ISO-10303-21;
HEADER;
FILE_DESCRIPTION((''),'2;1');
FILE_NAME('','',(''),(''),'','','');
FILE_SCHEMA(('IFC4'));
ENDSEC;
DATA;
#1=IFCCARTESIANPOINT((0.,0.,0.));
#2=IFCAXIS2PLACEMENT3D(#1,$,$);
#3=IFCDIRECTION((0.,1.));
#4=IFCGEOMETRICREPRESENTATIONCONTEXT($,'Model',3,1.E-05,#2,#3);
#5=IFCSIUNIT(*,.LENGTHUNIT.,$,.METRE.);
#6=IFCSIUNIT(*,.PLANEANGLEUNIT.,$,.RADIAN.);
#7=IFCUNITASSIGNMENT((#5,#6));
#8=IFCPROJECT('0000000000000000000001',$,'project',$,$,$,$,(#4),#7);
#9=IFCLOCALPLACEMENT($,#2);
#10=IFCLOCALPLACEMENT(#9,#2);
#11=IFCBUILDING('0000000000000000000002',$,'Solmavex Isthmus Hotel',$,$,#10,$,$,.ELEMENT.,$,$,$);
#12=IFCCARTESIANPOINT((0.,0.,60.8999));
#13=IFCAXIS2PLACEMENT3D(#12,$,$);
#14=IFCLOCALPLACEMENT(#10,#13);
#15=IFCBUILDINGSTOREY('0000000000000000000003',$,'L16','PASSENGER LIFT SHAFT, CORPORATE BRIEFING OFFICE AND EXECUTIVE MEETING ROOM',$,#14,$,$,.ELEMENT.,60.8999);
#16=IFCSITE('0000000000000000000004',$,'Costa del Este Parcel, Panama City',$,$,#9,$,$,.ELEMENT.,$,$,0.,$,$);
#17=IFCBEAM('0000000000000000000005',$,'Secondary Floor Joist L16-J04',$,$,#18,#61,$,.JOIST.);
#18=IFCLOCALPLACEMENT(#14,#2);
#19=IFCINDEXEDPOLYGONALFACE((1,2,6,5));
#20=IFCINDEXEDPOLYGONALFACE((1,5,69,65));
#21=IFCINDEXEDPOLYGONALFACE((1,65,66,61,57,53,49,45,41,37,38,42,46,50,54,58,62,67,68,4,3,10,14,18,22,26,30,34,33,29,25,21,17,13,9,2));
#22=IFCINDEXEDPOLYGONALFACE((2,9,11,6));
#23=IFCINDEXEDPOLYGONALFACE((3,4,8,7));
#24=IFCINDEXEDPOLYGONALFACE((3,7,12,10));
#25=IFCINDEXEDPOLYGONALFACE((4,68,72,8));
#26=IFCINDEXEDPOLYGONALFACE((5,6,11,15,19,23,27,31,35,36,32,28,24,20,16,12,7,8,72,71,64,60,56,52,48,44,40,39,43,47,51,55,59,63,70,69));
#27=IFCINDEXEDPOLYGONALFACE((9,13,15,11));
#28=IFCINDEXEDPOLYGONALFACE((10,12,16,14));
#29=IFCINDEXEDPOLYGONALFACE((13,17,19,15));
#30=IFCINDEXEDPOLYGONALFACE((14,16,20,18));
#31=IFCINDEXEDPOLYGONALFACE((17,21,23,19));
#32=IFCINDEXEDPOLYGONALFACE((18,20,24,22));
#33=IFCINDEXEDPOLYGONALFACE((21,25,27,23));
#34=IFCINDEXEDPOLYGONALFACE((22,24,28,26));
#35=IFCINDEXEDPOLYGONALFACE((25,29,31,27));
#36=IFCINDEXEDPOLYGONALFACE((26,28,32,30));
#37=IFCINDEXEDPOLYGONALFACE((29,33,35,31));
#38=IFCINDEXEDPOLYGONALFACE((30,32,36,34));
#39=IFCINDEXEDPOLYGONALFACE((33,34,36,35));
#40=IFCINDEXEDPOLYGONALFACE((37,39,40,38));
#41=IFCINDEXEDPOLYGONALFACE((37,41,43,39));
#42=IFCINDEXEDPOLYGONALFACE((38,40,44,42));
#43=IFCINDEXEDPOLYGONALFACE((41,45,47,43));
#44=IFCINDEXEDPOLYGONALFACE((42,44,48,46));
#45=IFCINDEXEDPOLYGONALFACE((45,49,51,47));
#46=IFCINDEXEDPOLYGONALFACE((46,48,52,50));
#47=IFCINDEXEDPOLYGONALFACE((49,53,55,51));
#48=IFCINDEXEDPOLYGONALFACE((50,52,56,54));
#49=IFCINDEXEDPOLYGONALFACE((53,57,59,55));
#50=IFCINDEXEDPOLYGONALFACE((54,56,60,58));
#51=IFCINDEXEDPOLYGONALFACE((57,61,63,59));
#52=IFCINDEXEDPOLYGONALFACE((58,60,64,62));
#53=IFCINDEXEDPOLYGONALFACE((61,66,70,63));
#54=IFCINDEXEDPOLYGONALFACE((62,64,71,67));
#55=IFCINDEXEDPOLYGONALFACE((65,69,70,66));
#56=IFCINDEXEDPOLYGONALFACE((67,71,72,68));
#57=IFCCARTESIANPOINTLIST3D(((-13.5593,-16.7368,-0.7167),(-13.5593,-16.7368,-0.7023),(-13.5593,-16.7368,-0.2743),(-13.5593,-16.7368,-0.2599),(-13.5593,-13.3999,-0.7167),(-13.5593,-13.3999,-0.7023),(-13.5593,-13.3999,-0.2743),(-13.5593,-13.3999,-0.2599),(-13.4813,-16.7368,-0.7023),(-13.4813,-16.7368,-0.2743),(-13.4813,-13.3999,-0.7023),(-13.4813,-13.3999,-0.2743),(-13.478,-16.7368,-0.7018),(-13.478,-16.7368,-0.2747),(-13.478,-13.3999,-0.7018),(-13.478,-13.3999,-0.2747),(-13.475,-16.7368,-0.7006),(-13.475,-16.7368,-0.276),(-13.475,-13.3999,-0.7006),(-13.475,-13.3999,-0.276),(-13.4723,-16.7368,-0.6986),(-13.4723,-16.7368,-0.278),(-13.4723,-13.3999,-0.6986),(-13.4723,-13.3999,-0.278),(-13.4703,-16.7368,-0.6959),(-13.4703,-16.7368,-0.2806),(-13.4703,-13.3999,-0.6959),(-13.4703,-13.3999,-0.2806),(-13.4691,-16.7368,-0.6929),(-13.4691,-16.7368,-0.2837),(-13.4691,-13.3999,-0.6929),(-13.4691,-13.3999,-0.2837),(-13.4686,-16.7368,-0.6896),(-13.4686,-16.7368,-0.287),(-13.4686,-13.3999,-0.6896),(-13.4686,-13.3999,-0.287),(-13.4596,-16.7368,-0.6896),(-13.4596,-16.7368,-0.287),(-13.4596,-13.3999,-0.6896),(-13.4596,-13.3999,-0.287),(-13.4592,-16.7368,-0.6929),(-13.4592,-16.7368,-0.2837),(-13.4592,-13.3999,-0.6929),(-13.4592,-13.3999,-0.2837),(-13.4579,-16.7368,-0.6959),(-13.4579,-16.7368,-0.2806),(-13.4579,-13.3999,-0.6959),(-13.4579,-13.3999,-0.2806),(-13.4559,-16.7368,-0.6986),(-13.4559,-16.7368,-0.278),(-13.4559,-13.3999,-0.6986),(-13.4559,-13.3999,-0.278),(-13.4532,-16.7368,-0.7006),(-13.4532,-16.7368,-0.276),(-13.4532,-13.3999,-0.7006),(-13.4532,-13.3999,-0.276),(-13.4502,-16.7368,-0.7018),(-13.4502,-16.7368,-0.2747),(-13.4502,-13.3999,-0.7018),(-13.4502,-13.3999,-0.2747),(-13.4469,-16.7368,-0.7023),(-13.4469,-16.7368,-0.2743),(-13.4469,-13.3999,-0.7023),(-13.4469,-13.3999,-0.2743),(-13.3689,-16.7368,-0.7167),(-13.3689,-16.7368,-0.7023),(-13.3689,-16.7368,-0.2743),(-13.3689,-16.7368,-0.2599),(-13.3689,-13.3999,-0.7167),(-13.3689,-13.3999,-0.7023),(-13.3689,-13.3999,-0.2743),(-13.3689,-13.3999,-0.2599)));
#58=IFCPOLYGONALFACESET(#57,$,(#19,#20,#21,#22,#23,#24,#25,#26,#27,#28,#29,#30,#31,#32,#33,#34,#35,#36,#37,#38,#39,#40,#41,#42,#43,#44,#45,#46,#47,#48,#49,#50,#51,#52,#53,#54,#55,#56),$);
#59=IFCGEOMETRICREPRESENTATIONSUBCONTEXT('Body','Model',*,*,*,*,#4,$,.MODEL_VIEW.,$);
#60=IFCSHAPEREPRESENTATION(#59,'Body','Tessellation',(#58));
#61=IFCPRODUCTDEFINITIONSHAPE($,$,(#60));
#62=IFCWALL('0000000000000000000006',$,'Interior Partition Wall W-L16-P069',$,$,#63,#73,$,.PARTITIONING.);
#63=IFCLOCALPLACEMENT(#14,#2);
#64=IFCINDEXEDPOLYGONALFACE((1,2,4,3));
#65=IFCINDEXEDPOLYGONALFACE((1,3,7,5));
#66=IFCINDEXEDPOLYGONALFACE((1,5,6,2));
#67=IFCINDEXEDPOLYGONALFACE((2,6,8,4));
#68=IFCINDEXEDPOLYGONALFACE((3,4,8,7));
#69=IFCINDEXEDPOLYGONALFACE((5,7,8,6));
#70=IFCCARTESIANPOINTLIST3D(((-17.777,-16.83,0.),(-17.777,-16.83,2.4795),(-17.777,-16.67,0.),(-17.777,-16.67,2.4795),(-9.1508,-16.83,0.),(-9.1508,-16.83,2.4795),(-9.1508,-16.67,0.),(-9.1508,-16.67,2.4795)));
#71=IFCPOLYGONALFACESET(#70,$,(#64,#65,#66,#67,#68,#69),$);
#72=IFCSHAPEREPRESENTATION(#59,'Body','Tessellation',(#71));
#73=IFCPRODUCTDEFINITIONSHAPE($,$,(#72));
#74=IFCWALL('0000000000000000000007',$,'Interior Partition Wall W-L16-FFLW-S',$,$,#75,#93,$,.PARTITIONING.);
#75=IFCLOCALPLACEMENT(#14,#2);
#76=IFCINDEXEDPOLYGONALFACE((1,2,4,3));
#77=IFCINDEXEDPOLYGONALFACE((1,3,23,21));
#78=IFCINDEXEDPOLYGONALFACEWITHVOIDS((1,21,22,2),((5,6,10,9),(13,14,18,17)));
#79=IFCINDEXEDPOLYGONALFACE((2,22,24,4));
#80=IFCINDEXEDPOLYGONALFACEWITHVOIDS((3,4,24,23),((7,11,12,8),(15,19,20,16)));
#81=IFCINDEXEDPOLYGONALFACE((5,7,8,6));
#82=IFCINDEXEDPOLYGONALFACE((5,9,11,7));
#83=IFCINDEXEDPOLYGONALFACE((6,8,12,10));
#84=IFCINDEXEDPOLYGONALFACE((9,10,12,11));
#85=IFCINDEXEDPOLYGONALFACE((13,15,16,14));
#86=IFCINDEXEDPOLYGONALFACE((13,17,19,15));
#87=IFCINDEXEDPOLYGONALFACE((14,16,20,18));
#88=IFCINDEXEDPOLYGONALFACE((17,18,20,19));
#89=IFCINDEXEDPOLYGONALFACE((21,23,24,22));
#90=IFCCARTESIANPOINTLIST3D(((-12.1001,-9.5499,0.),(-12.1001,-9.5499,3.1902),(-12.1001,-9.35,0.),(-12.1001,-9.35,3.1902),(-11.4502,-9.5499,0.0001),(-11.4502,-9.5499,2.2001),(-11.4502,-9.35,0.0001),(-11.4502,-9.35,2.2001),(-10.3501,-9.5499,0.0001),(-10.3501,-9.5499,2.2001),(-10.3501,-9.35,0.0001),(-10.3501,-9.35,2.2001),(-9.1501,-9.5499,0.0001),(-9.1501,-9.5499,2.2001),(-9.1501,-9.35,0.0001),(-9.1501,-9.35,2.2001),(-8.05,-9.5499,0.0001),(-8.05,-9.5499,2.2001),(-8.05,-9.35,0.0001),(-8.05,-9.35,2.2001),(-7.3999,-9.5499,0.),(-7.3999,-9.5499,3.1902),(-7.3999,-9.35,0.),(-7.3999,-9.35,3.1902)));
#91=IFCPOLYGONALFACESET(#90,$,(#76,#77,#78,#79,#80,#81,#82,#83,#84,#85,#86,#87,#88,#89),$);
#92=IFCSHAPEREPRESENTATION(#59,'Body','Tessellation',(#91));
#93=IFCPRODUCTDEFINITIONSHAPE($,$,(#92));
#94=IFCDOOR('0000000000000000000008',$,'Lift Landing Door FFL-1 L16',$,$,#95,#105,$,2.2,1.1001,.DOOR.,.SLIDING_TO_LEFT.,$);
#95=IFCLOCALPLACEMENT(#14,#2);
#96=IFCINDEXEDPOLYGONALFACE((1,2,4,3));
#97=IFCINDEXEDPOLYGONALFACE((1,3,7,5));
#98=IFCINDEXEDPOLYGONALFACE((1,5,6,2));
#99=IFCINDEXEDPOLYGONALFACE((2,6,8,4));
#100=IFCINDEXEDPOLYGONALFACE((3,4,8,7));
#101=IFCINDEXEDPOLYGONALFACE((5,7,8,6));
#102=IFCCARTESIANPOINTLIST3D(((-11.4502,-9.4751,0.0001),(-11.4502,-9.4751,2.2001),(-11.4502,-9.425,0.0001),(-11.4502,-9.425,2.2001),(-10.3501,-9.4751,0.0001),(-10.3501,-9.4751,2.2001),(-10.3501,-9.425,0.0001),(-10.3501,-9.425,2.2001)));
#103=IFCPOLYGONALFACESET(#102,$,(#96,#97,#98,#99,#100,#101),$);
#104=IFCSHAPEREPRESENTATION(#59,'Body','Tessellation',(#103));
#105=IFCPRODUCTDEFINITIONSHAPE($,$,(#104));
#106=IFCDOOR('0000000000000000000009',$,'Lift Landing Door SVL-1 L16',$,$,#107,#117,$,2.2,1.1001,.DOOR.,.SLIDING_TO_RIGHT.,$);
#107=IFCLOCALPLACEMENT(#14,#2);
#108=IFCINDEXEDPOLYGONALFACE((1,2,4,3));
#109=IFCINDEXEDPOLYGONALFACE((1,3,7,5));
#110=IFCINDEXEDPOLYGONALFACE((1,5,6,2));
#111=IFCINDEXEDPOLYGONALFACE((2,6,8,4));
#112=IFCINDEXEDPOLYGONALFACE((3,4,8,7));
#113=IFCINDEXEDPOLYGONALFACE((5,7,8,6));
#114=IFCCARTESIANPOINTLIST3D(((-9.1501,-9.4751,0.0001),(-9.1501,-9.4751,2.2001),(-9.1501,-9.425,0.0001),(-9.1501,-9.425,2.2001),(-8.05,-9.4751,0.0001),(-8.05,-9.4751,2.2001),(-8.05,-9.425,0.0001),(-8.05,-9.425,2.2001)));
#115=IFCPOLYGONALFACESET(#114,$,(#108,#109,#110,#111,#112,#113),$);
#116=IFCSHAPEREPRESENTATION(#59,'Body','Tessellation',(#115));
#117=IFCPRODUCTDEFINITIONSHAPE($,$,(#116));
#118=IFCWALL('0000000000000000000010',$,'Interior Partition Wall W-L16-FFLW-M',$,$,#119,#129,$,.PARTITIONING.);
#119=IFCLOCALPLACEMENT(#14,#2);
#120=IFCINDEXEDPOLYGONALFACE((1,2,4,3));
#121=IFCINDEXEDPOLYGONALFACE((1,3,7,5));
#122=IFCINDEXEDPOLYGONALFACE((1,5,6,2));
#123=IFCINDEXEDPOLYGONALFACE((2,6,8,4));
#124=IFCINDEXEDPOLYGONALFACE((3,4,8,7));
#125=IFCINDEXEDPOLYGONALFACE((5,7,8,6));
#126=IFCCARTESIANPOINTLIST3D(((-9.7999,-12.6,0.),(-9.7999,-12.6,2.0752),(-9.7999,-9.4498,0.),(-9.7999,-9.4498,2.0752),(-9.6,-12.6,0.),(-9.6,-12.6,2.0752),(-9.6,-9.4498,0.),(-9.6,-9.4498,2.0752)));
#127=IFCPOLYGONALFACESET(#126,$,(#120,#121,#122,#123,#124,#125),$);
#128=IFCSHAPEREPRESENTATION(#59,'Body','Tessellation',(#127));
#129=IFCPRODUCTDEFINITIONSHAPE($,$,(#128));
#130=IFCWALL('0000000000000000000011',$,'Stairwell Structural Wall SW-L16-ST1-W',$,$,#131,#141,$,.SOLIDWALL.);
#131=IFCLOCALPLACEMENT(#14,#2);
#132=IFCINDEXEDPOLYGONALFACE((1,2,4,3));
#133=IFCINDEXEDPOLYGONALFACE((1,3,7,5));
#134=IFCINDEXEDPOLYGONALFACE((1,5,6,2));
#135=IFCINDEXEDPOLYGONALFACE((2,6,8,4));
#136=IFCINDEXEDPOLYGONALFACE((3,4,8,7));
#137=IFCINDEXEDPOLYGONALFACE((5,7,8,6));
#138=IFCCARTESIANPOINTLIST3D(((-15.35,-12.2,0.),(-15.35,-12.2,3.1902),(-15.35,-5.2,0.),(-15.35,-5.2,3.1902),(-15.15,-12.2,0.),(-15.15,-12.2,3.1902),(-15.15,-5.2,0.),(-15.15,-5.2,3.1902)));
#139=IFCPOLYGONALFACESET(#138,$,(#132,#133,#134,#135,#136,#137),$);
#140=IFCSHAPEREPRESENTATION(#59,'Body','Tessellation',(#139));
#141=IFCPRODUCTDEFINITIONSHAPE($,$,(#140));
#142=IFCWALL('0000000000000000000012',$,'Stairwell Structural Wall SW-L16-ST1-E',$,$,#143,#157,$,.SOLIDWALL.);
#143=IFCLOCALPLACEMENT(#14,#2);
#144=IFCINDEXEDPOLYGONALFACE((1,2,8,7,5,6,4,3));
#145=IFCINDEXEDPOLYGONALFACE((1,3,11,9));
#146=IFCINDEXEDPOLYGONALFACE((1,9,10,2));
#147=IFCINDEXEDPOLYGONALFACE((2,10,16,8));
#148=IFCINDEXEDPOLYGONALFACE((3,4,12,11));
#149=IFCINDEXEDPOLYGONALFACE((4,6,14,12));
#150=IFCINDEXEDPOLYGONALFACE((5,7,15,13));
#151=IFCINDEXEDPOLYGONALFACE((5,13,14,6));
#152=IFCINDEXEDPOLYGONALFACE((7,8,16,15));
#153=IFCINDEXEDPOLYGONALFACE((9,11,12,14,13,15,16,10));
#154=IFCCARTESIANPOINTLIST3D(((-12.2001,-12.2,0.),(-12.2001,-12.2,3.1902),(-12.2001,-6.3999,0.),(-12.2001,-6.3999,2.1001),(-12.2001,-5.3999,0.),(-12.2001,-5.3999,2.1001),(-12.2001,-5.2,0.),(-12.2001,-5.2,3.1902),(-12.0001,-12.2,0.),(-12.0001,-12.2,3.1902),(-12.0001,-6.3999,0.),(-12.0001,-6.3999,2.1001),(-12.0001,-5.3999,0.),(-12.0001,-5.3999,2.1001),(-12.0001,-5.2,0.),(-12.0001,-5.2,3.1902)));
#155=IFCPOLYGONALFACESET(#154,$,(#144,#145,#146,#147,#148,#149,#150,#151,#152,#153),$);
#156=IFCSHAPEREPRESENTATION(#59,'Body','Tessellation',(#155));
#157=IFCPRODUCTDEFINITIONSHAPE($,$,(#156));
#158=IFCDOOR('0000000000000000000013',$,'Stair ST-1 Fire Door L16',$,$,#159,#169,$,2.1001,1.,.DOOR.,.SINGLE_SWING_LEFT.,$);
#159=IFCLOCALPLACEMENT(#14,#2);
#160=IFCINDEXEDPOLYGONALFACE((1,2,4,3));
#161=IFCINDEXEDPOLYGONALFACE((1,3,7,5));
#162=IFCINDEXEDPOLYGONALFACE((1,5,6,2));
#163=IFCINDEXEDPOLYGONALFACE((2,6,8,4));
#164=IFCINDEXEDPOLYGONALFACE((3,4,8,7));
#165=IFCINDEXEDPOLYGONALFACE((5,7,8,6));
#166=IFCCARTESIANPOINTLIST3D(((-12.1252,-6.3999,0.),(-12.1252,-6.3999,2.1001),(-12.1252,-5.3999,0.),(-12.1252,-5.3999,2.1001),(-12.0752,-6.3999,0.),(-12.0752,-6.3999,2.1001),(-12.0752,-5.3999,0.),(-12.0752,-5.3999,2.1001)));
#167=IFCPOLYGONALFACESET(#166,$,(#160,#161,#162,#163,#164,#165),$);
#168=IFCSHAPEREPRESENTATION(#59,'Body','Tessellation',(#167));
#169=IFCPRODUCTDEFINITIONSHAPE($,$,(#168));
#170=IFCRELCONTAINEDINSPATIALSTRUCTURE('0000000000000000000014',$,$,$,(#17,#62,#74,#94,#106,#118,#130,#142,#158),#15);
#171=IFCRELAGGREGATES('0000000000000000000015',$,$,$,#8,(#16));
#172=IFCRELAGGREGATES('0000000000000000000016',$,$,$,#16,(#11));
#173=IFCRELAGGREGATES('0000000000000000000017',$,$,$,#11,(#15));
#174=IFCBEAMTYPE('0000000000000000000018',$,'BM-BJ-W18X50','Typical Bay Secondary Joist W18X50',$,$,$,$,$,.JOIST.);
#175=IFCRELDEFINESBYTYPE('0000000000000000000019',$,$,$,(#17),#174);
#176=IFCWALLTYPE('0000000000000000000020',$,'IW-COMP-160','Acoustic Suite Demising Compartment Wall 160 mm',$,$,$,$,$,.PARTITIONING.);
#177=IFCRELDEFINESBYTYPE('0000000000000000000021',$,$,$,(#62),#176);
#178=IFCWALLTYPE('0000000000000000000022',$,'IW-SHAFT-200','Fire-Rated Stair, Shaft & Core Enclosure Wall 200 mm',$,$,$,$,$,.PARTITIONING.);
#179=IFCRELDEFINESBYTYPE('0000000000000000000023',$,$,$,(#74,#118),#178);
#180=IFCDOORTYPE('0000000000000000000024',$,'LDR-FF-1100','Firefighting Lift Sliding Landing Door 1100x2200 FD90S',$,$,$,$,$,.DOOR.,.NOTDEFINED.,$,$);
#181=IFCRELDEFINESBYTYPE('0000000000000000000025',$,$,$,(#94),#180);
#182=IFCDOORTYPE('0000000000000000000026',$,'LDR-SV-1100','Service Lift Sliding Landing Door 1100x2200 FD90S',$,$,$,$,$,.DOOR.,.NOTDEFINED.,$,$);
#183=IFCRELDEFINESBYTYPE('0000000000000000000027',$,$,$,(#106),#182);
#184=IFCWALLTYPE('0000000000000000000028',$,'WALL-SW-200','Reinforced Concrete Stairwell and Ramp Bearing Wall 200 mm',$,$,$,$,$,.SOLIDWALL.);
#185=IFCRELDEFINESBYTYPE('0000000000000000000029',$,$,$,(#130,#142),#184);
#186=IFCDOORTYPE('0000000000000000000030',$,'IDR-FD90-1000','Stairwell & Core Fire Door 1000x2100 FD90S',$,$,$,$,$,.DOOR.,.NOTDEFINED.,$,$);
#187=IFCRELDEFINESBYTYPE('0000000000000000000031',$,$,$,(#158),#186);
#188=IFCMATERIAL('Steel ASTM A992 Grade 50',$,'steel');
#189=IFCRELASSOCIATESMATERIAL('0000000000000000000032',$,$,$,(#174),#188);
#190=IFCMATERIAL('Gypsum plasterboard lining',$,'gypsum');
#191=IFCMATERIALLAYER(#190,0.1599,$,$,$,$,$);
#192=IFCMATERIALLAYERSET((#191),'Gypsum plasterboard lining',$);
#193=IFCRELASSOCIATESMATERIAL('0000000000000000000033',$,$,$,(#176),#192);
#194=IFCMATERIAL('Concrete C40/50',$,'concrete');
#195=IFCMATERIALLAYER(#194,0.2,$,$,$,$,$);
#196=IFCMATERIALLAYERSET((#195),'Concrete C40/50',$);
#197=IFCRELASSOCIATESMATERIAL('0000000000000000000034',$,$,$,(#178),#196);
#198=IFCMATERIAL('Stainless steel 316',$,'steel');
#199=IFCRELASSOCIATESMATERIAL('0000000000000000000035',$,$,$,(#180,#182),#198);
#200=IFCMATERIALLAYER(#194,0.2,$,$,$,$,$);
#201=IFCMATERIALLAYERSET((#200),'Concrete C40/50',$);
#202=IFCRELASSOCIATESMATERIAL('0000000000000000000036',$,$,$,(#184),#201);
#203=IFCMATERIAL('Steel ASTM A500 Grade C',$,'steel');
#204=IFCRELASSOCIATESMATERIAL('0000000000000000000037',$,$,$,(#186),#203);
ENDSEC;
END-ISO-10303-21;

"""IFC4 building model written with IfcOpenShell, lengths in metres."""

from ifc_helpers import new_model, si_unit, direction, frame, frame_2d, origin, origin_2d, place, context, subcontext, project, spatial, rectangle, i_section, extrude, material, layer, layer_set, material_profile, profile_set, type_object, element, fill, save


model = new_model("IFC4")

# Units and contexts
model_context = context("Model", 3, precision=1e-05, world=origin(), true_north=direction((0.0, 1.0)))
body_context = subcontext(model_context, "Body", "Model", "MODEL_VIEW")
ifc_project = project(units=[si_unit("LENGTHUNIT", "METRE"), si_unit("PLANEANGLEUNIT", "RADIAN")], contexts=[model_context])

# Site, building, storey
site_placement = place(None, origin())
site = spatial("IfcSite", under=ifc_project, at=site_placement, Name="Costa del Este Parcel, Panama City", CompositionType="ELEMENT", RefElevation=0.0)
building_placement = place(site_placement, origin())
building = spatial("IfcBuilding", under=site, at=building_placement, Name="Solmavex Isthmus Hotel", CompositionType="ELEMENT")
storey_placement = place(building_placement, frame((0.0, 0.0, 60.8999)))
storey = spatial("IfcBuildingStorey", under=building, at=storey_placement, Name="L16", Description="PASSENGER LIFT SHAFT, CORPORATE BRIEFING OFFICE AND EXECUTIVE MEETING ROOM", CompositionType="ELEMENT", Elevation=60.8999)

# Beam
ifc_material_1 = material(Name="Steel ASTM A992 Grade 50", Category="steel")
ifc_material_profile = material_profile(ifc_material_1, i_section(OverallWidth=0.1904, OverallDepth=0.4568, WebThickness=0.009, FlangeThickness=0.0144, FilletRadius=0.0127, at=origin_2d()), Name="W18X50")
ifc_profile_set = profile_set([ifc_material_profile], Name="Steel ASTM A992 Grade 50")
beam_type = type_object("IfcBeamType", Name="BM-BJ-W18X50", Description="Typical Bay Secondary Joist W18X50", PredefinedType="JOIST", material=ifc_profile_set)
beam_placement = place(storey_placement, frame((-13.4641, -16.7368, -0.4883), z_axis=(0.0, 1.0, 0.0), x_axis=(-1.0, 0.0, 0.0)))
element("IfcBeam", 1, at=beam_placement, inside=storey, type_object=beam_type, Name="Secondary Floor Joist L16-J04", PredefinedType="JOIST", context=body_context, shape_type="SweptSolid", body=[
    extrude(i_section(OverallWidth=0.1904, OverallDepth=0.4568, WebThickness=0.009, FlangeThickness=0.0144, FilletRadius=0.0127, at=origin_2d()), origin(), (0.0, 0.0, 1.0), 3.3369),
])

# Wall
ifc_material_2 = material(Name="Gypsum plasterboard lining", Category="gypsum")
ifc_layer_1 = layer(ifc_material_2, 0.1599)
ifc_layer_set_1 = layer_set([ifc_layer_1], Name="Gypsum plasterboard lining")
wall_type_1 = type_object("IfcWallType", Name="IW-COMP-160", Description="Acoustic Suite Demising Compartment Wall 160 mm", PredefinedType="PARTITIONING", material=ifc_layer_set_1)
wall_1_placement = place(storey_placement, frame((-9.1509, -16.75, 0.0), z_axis=(0.0, 0.0, 1.0), x_axis=(-1.0, 0.0, 0.0)))
element("IfcWall", 2, at=wall_1_placement, inside=storey, type_object=wall_type_1, Name="Interior Partition Wall W-L16-P069", PredefinedType="PARTITIONING", context=body_context, shape_type="SweptSolid", body=[
    extrude(rectangle(XDim=8.6262, YDim=0.1599, at=frame_2d((4.313, 0.0))), origin(), (0.0, 0.0, 1.0), 2.4795),
])

# Wall, openings, doors
ifc_material_3 = material(Name="Concrete C40/50", Category="concrete")
ifc_layer_2 = layer(ifc_material_3, 0.2)
ifc_layer_set_2 = layer_set([ifc_layer_2], Name="Concrete C40/50")
wall_type_2 = type_object("IfcWallType", Name="IW-SHAFT-200", Description="Fire-Rated Stair, Shaft & Core Enclosure Wall 200 mm", PredefinedType="PARTITIONING", material=ifc_layer_set_2)
wall_2_placement = place(storey_placement, frame((-12.1001, -9.45, 0.0), z_axis=(0.0, 0.0, 1.0), x_axis=(1.0, 0.0, 0.0)))
wall_2 = element("IfcWall", 3, at=wall_2_placement, inside=storey, type_object=wall_type_2, Name="Interior Partition Wall W-L16-FFLW-S", PredefinedType="PARTITIONING", context=body_context, shape_type="SweptSolid", body=[
    extrude(rectangle(XDim=4.7002, YDim=0.2, at=frame_2d((2.3501, 0.0))), origin(), (0.0, 0.0, 1.0), 3.1902),
])
opening_1_placement = place(wall_2_placement, frame((0.6499, 0.0, 0.0)))
opening_1 = element("IfcOpeningElement", 4, at=opening_1_placement, cuts=wall_2, PredefinedType="OPENING", context=body_context, shape_type="SweptSolid", body=[
    extrude(rectangle(XDim=1.1001, YDim=2.2, at=frame_2d((0.55, 1.1001))), frame((0.0, 0.1099, 0.0), z_axis=(0.0, -1.0, 0.0), x_axis=(1.0, 0.0, 0.0)), (0.0, 0.0, 1.0), 0.22),
])
opening_2_placement = place(wall_2_placement, frame((2.95, 0.0, 0.0)))
opening_2 = element("IfcOpeningElement", 5, at=opening_2_placement, cuts=wall_2, PredefinedType="OPENING", context=body_context, shape_type="SweptSolid", body=[
    extrude(rectangle(XDim=1.1001, YDim=2.2, at=frame_2d((0.55, 1.1001))), frame((0.0, 0.1099, 0.0), z_axis=(0.0, -1.0, 0.0), x_axis=(1.0, 0.0, 0.0)), (0.0, 0.0, 1.0), 0.22),
])
ifc_material_4 = material(Name="Stainless steel 316", Category="steel")
door_type_1 = type_object("IfcDoorType", Name="LDR-FF-1100", Description="Firefighting Lift Sliding Landing Door 1100x2200 FD90S", OperationType="NOTDEFINED", PredefinedType="DOOR", material=ifc_material_4)
door_1_placement = place(opening_1_placement, origin())
door_1 = element("IfcDoor", 6, at=door_1_placement, inside=storey, type_object=door_type_1, Name="Lift Landing Door FFL-1 L16", OperationType="SLIDING_TO_LEFT", OverallHeight=2.2, OverallWidth=1.1001, PredefinedType="DOOR", context=body_context, shape_type="SweptSolid", body=[
    extrude(rectangle(XDim=1.1001, YDim=2.2, at=frame_2d((0.55, 1.1001))), frame((0.0, 0.0249, 0.0), z_axis=(0.0, -1.0, 0.0), x_axis=(1.0, 0.0, 0.0)), (0.0, 0.0, 1.0), 0.05),
])
fill(opening_1, door_1)
door_type_2 = type_object("IfcDoorType", Name="LDR-SV-1100", Description="Service Lift Sliding Landing Door 1100x2200 FD90S", OperationType="NOTDEFINED", PredefinedType="DOOR", material=ifc_material_4)
door_2_placement = place(opening_2_placement, origin())
door_2 = element("IfcDoor", 7, at=door_2_placement, inside=storey, type_object=door_type_2, Name="Lift Landing Door SVL-1 L16", OperationType="SLIDING_TO_RIGHT", OverallHeight=2.2, OverallWidth=1.1001, PredefinedType="DOOR", context=body_context, shape_type="SweptSolid", body=[
    extrude(rectangle(XDim=1.1001, YDim=2.2, at=frame_2d((0.55, 1.1001))), frame((0.0, 0.0249, 0.0), z_axis=(0.0, -1.0, 0.0), x_axis=(1.0, 0.0, 0.0)), (0.0, 0.0, 1.0), 0.05),
])
fill(opening_2, door_2)

# Walls
wall_3_placement = place(storey_placement, frame((-9.7, -12.6001, 0.0), z_axis=(0.0, 0.0, 1.0), x_axis=(0.0, 1.0, 0.0)))
element("IfcWall", 8, at=wall_3_placement, inside=storey, type_object=wall_type_2, Name="Interior Partition Wall W-L16-FFLW-M", PredefinedType="PARTITIONING", context=body_context, shape_type="SweptSolid", body=[
    extrude(rectangle(XDim=3.1501, YDim=0.2, at=frame_2d((1.5752, 0.0))), origin(), (0.0, 0.0, 1.0), 2.0752),
])
ifc_layer_3 = layer(ifc_material_3, 0.2)
ifc_layer_set_3 = layer_set([ifc_layer_3], Name="Concrete C40/50")
wall_type_3 = type_object("IfcWallType", Name="WALL-SW-200", Description="Reinforced Concrete Stairwell and Ramp Bearing Wall 200 mm", PredefinedType="SOLIDWALL", material=ifc_layer_set_3)
wall_4_placement = place(storey_placement, frame((-15.25, -12.2, 0.0), z_axis=(0.0, 0.0, 1.0), x_axis=(0.0, 1.0, 0.0)))
element("IfcWall", 9, at=wall_4_placement, inside=storey, type_object=wall_type_3, Name="Stairwell Structural Wall SW-L16-ST1-W", PredefinedType="SOLIDWALL", context=body_context, shape_type="SweptSolid", body=[
    extrude(rectangle(XDim=7.0, YDim=0.2, at=frame_2d((3.5, 0.0))), origin(), (0.0, 0.0, 1.0), 3.1902),
])

# Wall, opening, door
wall_5_placement = place(storey_placement, frame((-12.1001, -12.2, 0.0), z_axis=(0.0, 0.0, 1.0), x_axis=(0.0, 1.0, 0.0)))
wall_5 = element("IfcWall", 10, at=wall_5_placement, inside=storey, type_object=wall_type_3, Name="Stairwell Structural Wall SW-L16-ST1-E", PredefinedType="SOLIDWALL", context=body_context, shape_type="SweptSolid", body=[
    extrude(rectangle(XDim=7.0, YDim=0.2, at=frame_2d((3.5, 0.0))), origin(), (0.0, 0.0, 1.0), 3.1902),
])
opening_3_placement = place(wall_5_placement, frame((5.8, 0.0, 0.0)))
opening_3 = element("IfcOpeningElement", 11, at=opening_3_placement, cuts=wall_5, PredefinedType="OPENING", context=body_context, shape_type="SweptSolid", body=[
    extrude(rectangle(XDim=1.0, YDim=2.1001, at=frame_2d((0.5, 1.05))), frame((0.0, 0.1099, 0.0), z_axis=(0.0, -1.0, 0.0), x_axis=(1.0, 0.0, 0.0)), (0.0, 0.0, 1.0), 0.22),
])
ifc_material_5 = material(Name="Steel ASTM A500 Grade C", Category="steel")
door_type_3 = type_object("IfcDoorType", Name="IDR-FD90-1000", Description="Stairwell & Core Fire Door 1000x2100 FD90S", OperationType="NOTDEFINED", PredefinedType="DOOR", material=ifc_material_5)
door_3_placement = place(opening_3_placement, frame((1.0, 0.0, 0.0), z_axis=(0.0, 0.0, 1.0), x_axis=(-1.0, 0.0, 0.0)))
door_3 = element("IfcDoor", 12, at=door_3_placement, inside=storey, type_object=door_type_3, Name="Stair ST-1 Fire Door L16", OperationType="SINGLE_SWING_LEFT", OverallHeight=2.1001, OverallWidth=1.0, PredefinedType="DOOR", context=body_context, shape_type="SweptSolid", body=[
    extrude(rectangle(XDim=1.0, YDim=2.1001, at=frame_2d((0.5, 1.05))), frame((0.0, 0.0249, 0.0), z_axis=(0.0, -1.0, 0.0), x_axis=(1.0, 0.0, 0.0)), (0.0, 0.0, 1.0), 0.05),
])
fill(opening_3, door_3)

save(model, "model.ifc")
